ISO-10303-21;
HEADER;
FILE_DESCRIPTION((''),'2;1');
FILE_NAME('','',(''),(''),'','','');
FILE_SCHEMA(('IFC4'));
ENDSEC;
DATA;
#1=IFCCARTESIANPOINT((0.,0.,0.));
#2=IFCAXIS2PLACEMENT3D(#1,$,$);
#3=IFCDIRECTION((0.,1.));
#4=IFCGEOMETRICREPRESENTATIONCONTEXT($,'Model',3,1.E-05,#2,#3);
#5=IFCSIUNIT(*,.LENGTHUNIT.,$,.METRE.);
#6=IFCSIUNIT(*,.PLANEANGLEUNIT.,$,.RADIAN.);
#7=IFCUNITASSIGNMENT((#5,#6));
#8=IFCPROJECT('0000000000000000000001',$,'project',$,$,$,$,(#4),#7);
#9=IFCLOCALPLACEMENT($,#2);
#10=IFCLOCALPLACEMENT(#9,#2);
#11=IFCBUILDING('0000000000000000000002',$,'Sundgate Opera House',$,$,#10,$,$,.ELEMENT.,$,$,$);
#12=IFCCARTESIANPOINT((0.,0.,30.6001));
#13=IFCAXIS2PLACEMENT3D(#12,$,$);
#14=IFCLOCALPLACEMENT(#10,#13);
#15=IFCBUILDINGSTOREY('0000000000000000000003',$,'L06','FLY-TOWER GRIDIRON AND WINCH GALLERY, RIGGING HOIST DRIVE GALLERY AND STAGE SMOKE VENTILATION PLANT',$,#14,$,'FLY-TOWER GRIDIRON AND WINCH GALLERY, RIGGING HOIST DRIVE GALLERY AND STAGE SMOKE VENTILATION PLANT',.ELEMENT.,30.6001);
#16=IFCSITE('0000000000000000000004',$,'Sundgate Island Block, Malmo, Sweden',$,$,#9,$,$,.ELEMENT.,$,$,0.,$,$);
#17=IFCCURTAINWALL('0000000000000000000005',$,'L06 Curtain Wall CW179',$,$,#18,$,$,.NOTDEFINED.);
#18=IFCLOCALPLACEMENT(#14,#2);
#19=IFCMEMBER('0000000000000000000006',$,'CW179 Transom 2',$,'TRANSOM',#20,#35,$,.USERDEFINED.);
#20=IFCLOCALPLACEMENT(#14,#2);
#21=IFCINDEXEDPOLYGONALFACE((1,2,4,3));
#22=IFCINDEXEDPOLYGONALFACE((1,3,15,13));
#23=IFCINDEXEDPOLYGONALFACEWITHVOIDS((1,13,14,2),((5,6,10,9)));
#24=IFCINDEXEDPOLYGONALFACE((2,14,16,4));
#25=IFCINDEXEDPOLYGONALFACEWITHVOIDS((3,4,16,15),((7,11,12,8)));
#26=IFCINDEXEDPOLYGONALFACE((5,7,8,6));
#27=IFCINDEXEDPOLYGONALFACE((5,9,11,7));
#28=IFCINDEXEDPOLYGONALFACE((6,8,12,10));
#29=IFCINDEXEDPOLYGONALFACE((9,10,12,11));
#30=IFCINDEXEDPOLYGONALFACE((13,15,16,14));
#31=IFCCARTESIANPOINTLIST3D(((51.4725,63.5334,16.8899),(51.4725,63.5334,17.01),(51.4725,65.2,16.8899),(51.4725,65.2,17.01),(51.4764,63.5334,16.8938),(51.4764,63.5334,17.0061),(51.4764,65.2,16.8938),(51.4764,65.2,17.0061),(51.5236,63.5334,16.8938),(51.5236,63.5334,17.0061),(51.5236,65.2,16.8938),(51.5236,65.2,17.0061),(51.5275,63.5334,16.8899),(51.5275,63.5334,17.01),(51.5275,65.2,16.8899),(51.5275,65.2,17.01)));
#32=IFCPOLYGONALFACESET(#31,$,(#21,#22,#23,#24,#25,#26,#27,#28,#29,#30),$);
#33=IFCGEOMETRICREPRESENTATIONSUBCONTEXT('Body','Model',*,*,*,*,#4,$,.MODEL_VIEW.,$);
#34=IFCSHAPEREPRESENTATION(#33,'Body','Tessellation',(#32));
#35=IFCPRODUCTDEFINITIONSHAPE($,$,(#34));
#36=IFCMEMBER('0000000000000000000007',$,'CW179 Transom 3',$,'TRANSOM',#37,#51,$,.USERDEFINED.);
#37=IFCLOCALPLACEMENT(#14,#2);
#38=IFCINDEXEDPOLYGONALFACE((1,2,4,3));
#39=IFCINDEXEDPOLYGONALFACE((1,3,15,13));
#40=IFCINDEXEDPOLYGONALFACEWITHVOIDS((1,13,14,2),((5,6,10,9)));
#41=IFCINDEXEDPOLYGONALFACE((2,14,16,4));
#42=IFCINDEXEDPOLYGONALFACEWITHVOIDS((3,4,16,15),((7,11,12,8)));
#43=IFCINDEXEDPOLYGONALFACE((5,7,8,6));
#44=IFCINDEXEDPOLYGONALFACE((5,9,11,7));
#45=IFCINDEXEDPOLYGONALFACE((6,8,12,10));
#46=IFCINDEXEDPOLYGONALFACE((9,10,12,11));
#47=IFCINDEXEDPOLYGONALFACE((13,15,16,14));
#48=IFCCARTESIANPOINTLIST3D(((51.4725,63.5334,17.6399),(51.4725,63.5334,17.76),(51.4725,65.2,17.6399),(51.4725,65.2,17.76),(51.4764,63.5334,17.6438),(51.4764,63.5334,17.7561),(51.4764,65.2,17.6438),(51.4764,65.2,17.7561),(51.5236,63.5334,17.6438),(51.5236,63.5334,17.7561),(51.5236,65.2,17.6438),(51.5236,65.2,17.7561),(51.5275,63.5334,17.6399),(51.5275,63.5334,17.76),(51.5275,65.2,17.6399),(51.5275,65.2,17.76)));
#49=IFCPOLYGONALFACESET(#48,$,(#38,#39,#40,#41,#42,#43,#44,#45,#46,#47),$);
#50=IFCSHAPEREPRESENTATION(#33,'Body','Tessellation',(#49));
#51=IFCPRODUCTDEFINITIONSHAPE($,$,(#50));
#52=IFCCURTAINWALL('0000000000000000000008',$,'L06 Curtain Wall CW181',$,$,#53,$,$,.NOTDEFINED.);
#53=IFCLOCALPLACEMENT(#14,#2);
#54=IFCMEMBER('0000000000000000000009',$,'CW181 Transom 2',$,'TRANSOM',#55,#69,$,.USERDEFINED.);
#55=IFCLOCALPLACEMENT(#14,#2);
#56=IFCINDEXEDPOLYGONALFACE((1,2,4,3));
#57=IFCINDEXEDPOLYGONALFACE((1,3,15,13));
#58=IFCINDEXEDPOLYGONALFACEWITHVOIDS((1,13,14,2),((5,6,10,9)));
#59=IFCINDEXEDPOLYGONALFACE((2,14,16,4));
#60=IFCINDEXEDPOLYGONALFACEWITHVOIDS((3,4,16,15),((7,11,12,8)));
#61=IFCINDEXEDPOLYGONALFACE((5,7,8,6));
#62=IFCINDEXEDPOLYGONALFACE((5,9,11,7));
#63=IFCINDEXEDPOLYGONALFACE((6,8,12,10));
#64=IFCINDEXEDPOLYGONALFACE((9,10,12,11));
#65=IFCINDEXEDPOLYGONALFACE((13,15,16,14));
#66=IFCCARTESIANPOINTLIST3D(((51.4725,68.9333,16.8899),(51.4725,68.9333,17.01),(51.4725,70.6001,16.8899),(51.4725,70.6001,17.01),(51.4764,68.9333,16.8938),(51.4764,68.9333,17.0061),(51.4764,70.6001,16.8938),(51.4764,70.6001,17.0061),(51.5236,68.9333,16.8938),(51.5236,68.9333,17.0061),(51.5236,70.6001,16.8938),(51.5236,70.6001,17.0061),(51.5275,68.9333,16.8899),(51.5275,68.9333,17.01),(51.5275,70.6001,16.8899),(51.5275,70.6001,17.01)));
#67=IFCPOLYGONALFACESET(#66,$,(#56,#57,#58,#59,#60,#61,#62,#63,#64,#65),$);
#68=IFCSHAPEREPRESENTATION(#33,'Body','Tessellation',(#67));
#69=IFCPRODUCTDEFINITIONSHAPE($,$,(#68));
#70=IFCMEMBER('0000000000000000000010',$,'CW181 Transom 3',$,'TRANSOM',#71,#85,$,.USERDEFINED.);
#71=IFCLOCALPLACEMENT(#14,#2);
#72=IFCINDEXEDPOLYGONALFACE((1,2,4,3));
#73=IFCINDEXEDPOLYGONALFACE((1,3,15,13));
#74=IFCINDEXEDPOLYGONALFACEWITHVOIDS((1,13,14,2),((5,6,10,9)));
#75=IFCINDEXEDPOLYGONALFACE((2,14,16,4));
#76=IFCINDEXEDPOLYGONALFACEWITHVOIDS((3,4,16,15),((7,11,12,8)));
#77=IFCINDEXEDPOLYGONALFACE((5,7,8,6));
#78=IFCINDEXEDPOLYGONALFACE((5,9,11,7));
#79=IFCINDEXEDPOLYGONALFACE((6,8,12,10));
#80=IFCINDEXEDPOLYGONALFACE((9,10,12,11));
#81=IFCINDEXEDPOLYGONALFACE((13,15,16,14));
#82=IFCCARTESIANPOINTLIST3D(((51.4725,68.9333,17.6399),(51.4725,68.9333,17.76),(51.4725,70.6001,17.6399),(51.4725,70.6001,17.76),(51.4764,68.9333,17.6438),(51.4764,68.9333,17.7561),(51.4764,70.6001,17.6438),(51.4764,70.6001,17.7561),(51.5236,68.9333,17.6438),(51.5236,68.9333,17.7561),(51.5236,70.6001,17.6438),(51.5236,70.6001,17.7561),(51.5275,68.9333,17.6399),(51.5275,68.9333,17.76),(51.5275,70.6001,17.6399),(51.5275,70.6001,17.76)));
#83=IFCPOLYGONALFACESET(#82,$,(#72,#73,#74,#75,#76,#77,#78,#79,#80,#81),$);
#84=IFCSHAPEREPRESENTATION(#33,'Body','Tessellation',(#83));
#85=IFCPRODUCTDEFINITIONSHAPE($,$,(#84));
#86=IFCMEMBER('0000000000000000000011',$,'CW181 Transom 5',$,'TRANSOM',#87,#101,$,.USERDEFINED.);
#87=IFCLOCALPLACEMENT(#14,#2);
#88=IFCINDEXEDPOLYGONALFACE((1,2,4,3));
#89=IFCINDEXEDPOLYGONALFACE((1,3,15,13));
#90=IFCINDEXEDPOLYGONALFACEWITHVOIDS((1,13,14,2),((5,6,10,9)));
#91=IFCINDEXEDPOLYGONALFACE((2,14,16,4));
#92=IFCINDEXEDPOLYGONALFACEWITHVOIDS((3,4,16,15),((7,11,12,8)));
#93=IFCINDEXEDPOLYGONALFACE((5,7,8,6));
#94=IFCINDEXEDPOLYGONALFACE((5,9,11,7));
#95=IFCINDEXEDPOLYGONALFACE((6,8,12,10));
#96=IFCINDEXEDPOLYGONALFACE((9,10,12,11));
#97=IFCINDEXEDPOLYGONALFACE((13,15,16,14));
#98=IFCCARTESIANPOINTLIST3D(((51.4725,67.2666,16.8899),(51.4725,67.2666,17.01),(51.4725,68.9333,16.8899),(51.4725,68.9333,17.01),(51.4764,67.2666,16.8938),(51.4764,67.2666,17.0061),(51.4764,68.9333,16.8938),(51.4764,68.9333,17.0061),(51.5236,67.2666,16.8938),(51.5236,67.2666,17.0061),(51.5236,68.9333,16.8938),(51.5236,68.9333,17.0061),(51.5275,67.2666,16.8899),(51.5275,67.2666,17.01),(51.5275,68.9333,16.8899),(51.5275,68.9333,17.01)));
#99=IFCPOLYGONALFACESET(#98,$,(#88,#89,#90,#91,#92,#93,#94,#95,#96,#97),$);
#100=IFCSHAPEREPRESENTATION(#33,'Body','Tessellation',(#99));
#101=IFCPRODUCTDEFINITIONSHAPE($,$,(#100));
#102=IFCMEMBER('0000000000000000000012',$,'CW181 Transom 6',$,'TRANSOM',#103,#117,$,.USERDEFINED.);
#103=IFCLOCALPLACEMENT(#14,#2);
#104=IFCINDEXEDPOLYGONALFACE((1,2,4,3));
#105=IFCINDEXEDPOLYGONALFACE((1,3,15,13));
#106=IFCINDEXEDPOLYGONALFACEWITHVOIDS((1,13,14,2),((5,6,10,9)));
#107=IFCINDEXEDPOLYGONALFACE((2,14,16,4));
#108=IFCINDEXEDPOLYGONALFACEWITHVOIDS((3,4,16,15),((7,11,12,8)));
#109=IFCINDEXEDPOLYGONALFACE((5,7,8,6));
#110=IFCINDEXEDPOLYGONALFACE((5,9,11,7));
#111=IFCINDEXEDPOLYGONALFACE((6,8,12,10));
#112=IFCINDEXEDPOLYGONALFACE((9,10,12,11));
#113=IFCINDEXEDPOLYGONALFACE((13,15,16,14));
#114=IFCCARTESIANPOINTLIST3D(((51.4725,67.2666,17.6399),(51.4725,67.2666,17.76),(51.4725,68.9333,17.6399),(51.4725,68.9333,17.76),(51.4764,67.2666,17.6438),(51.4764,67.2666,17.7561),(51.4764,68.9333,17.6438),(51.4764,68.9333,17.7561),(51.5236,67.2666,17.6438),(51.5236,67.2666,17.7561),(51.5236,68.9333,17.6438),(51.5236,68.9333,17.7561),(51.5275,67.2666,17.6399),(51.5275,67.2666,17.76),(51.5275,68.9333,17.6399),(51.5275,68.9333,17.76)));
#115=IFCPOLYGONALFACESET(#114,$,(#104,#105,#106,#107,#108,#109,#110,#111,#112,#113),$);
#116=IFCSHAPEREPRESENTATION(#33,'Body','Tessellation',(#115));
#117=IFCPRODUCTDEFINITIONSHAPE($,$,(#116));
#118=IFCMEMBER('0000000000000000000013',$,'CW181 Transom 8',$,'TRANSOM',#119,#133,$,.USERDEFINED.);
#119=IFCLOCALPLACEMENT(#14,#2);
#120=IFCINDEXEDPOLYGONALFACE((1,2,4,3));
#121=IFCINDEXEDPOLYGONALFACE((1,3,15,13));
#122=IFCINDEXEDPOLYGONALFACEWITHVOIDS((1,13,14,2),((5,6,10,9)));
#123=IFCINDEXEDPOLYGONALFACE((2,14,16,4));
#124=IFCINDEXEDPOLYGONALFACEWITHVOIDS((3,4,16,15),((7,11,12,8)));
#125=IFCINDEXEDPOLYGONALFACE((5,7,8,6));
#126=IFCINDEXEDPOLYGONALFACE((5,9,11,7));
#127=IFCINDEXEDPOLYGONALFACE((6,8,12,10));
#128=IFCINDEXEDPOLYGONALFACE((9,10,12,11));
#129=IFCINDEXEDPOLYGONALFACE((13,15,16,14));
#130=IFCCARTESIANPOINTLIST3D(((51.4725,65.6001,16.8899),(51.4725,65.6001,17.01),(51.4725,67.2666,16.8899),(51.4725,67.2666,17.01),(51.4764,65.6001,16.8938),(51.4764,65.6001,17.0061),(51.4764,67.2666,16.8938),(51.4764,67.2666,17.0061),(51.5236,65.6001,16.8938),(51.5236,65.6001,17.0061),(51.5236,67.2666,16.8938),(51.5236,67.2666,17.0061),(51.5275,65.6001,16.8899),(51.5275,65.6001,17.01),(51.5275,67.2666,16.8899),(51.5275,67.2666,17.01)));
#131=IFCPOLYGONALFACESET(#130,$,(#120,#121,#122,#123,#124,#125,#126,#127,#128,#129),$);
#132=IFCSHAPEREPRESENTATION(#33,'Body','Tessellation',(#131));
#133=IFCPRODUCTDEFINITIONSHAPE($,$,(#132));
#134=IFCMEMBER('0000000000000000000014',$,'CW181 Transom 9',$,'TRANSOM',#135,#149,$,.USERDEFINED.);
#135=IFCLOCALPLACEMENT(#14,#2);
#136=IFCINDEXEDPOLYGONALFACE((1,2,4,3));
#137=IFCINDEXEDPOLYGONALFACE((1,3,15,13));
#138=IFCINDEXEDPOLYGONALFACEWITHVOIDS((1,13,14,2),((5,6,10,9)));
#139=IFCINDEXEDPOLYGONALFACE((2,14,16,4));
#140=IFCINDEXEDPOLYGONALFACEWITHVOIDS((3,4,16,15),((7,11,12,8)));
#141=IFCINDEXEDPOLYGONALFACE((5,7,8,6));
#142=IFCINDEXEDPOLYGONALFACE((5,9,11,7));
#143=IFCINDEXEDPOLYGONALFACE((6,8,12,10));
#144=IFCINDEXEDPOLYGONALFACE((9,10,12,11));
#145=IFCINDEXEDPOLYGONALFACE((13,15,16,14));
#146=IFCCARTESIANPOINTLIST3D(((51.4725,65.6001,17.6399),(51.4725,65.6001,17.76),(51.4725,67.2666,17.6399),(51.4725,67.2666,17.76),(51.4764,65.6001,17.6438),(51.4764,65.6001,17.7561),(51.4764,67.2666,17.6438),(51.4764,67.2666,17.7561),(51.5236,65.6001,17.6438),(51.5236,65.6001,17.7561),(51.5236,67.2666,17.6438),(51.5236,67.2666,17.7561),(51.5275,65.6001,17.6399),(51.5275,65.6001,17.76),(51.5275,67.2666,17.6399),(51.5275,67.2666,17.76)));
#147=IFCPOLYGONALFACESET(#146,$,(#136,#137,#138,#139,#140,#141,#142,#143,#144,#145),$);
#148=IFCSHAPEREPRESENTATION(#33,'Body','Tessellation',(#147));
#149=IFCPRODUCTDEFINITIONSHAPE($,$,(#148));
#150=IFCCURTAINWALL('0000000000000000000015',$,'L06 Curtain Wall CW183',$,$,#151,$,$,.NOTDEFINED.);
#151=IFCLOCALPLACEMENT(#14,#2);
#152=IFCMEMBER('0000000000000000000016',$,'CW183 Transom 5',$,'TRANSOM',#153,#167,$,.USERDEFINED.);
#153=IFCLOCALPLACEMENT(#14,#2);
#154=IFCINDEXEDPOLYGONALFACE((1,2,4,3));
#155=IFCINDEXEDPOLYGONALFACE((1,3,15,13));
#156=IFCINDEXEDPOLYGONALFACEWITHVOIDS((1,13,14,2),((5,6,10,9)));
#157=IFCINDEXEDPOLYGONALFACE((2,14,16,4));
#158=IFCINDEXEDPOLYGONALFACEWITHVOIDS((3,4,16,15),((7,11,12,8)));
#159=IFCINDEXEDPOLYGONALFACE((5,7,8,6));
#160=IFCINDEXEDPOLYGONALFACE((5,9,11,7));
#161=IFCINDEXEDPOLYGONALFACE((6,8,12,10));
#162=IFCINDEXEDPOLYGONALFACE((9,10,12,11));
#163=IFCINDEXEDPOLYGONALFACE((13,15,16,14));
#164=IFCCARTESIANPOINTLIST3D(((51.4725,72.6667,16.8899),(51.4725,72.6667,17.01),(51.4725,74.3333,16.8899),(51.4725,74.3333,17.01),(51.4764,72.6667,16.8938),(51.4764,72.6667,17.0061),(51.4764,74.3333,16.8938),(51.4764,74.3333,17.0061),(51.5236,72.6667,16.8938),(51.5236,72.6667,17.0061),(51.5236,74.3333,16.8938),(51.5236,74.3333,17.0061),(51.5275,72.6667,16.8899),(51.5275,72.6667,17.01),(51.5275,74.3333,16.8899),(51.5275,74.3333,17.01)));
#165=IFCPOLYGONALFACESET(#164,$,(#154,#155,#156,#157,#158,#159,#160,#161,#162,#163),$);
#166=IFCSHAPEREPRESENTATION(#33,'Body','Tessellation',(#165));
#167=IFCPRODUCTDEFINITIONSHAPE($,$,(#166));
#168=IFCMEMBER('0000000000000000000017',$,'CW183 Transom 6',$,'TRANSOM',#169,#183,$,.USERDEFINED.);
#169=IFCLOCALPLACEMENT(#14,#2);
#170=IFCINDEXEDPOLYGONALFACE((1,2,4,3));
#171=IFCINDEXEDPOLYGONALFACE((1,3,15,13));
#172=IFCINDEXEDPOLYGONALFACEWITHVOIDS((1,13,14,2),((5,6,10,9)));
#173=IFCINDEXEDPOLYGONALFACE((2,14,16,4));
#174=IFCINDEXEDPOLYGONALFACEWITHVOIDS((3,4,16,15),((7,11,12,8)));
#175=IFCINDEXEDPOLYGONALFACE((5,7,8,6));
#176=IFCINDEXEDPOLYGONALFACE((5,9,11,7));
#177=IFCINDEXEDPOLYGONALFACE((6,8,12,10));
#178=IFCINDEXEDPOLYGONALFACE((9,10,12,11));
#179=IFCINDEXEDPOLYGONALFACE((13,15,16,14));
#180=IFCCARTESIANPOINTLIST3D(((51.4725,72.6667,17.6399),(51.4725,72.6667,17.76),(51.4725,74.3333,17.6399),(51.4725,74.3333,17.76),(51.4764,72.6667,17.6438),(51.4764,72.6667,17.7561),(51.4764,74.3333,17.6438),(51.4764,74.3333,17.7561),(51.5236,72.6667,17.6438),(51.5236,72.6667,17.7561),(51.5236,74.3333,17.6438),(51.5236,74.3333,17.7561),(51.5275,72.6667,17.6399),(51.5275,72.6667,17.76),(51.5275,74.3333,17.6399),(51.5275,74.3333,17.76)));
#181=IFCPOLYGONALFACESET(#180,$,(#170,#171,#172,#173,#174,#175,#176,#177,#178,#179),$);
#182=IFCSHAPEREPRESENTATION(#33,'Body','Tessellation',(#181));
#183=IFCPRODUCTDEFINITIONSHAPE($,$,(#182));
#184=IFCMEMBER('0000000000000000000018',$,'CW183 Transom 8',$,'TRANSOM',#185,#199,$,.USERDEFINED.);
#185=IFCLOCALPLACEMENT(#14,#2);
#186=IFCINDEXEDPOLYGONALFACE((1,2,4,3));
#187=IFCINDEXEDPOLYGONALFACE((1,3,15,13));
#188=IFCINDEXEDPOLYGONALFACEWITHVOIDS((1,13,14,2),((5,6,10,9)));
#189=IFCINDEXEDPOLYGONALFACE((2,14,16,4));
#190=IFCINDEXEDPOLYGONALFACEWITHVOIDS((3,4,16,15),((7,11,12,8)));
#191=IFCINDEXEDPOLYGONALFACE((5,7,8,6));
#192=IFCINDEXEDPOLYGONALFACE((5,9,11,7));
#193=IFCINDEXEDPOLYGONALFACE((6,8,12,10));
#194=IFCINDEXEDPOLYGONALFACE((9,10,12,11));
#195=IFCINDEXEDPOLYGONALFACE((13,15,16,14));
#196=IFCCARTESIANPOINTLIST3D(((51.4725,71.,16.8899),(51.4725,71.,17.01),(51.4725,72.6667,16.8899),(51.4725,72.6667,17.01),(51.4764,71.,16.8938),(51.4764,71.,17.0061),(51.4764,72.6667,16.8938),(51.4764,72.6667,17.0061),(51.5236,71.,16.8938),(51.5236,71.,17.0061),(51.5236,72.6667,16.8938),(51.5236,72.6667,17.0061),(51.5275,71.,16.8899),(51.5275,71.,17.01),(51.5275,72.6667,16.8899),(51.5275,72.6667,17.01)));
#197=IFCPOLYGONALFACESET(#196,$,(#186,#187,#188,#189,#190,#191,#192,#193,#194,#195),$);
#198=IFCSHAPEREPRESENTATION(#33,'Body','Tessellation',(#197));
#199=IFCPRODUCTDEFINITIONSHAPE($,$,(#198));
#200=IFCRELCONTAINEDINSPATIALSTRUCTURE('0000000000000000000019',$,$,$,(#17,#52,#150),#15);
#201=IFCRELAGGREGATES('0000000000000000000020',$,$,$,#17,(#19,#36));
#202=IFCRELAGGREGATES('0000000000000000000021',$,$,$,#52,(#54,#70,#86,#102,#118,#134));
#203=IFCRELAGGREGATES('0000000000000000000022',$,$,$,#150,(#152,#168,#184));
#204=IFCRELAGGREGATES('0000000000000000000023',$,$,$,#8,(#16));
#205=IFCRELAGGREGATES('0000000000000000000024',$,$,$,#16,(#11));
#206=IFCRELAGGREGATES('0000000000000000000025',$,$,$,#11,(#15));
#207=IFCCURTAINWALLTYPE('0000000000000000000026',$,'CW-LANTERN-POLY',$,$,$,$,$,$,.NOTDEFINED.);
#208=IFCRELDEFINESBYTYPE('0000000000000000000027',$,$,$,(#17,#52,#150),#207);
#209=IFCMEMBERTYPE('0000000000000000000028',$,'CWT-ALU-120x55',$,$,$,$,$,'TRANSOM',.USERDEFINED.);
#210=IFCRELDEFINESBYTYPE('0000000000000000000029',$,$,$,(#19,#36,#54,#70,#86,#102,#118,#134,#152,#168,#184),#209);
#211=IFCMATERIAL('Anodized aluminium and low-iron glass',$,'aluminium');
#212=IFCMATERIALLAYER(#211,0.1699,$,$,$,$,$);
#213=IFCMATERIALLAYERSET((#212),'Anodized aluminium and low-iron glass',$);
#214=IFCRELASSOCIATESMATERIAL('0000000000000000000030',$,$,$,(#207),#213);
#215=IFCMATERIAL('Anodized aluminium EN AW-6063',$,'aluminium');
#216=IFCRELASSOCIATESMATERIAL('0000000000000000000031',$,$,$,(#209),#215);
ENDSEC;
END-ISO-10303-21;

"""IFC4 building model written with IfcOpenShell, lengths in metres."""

from ifc_helpers import new_model, si_unit, direction, frame, origin, origin_2d, place, context, subcontext, project, spatial, hollow_rectangle, extrude, material, layer, layer_set, material_profile, profile_set, type_object, element, aggregate, save


model = new_model("IFC4")

# Units and contexts
model_context = context("Model", 3, precision=1e-05, world=origin(), true_north=direction((0.0, 1.0)))
body_context = subcontext(model_context, "Body", "Model", "MODEL_VIEW")
ifc_project = project(units=[si_unit("LENGTHUNIT", "METRE"), si_unit("PLANEANGLEUNIT", "RADIAN")], contexts=[model_context])

# Site, building, storey
site_placement = place(None, origin())
site = spatial("IfcSite", under=ifc_project, at=site_placement, Name="Sundgate Island Block, Malmo, Sweden", CompositionType="ELEMENT", RefElevation=0.0)
building_placement = place(site_placement, origin())
building = spatial("IfcBuilding", under=site, at=building_placement, Name="Sundgate Opera House", CompositionType="ELEMENT")
storey_placement = place(building_placement, frame((0.0, 0.0, 30.6001)))
storey = spatial("IfcBuildingStorey", under=building, at=storey_placement, Name="L06", Description="FLY-TOWER GRIDIRON AND WINCH GALLERY, RIGGING HOIST DRIVE GALLERY AND STAGE SMOKE VENTILATION PLANT", LongName="FLY-TOWER GRIDIRON AND WINCH GALLERY, RIGGING HOIST DRIVE GALLERY AND STAGE SMOKE VENTILATION PLANT", CompositionType="ELEMENT", Elevation=30.6001)

# Curtain walls, members
ifc_material_1 = material(Name="Anodized aluminium and low-iron glass", Category="aluminium")
ifc_layer_1 = layer(ifc_material_1, 0.1699)
ifc_layer_set_1 = layer_set([ifc_layer_1], Name="Anodized aluminium and low-iron glass")
curtain_wall_type = type_object("IfcCurtainWallType", Name="CW-LANTERN-POLY", PredefinedType="NOTDEFINED", material=ifc_layer_set_1)
curtain_wall_1_placement = place(storey_placement, origin())
curtain_wall_1 = element("IfcCurtainWall", 1, at=curtain_wall_1_placement, inside=storey, type_object=curtain_wall_type, Name="L06 Curtain Wall CW179", PredefinedType="NOTDEFINED")
ifc_material_2 = material(Name="Anodized aluminium EN AW-6063", Category="aluminium")
ifc_material_profile_1 = material_profile(ifc_material_2, hollow_rectangle(XDim=0.0549, YDim=0.1201, WallThickness=0.0039, at=origin_2d()), Name="CWT 120x55x4")
ifc_profile_set_1 = profile_set([ifc_material_profile_1], Name="Anodized aluminium EN AW-6063")
member_type_1 = type_object("IfcMemberType", Name="CWT-ALU-120x55", ElementType="TRANSOM", PredefinedType="USERDEFINED", material=ifc_profile_set_1)
member_1_placement = place(storey_placement, frame((51.5, 65.2, 16.95), z_axis=(0.0, -1.0, 0.0), x_axis=(1.0, 0.0, 0.0)))
member_1 = element("IfcMember", 2, at=member_1_placement, type_object=member_type_1, Name="CW179 Transom 2", ObjectType="TRANSOM", PredefinedType="USERDEFINED", context=body_context, shape_type="SweptSolid", body=[
    extrude(hollow_rectangle(XDim=0.0549, YDim=0.1201, WallThickness=0.0039, at=origin_2d()), origin(), (0.0, 0.0, 1.0), 1.6665),
])
member_2_placement = place(storey_placement, frame((51.5, 65.2, 17.7), z_axis=(0.0, -1.0, 0.0), x_axis=(1.0, 0.0, 0.0)))
member_2 = element("IfcMember", 3, at=member_2_placement, type_object=member_type_1, Name="CW179 Transom 3", ObjectType="TRANSOM", PredefinedType="USERDEFINED", context=body_context, shape_type="SweptSolid", body=[
    extrude(hollow_rectangle(XDim=0.0549, YDim=0.1201, WallThickness=0.0039, at=origin_2d()), origin(), (0.0, 0.0, 1.0), 1.6665),
])
aggregate(curtain_wall_1, [member_1, member_2])
curtain_wall_2_placement = place(storey_placement, origin())
curtain_wall_2 = element("IfcCurtainWall", 4, at=curtain_wall_2_placement, inside=storey, type_object=curtain_wall_type, Name="L06 Curtain Wall CW181", PredefinedType="NOTDEFINED")
member_3_placement = place(storey_placement, frame((51.5, 70.6001, 16.95), z_axis=(0.0, -1.0, 0.0), x_axis=(1.0, 0.0, 0.0)))
member_3 = element("IfcMember", 5, at=member_3_placement, type_object=member_type_1, Name="CW181 Transom 2", ObjectType="TRANSOM", PredefinedType="USERDEFINED", context=body_context, shape_type="SweptSolid", body=[
    extrude(hollow_rectangle(XDim=0.0549, YDim=0.1201, WallThickness=0.0039, at=origin_2d()), origin(), (0.0, 0.0, 1.0), 1.6667),
])
member_4_placement = place(storey_placement, frame((51.5, 70.6001, 17.7), z_axis=(0.0, -1.0, 0.0), x_axis=(1.0, 0.0, 0.0)))
member_4 = element("IfcMember", 6, at=member_4_placement, type_object=member_type_1, Name="CW181 Transom 3", ObjectType="TRANSOM", PredefinedType="USERDEFINED", context=body_context, shape_type="SweptSolid", body=[
    extrude(hollow_rectangle(XDim=0.0549, YDim=0.1201, WallThickness=0.0039, at=origin_2d()), origin(), (0.0, 0.0, 1.0), 1.6667),
])
member_5_placement = place(storey_placement, frame((51.5, 68.9333, 16.95), z_axis=(0.0, -1.0, 0.0), x_axis=(1.0, 0.0, 0.0)))
member_5 = element("IfcMember", 7, at=member_5_placement, type_object=member_type_1, Name="CW181 Transom 5", ObjectType="TRANSOM", PredefinedType="USERDEFINED", context=body_context, shape_type="SweptSolid", body=[
    extrude(hollow_rectangle(XDim=0.0549, YDim=0.1201, WallThickness=0.0039, at=origin_2d()), origin(), (0.0, 0.0, 1.0), 1.6667),
])
member_6_placement = place(storey_placement, frame((51.5, 68.9333, 17.7), z_axis=(0.0, -1.0, 0.0), x_axis=(1.0, 0.0, 0.0)))
member_6 = element("IfcMember", 8, at=member_6_placement, type_object=member_type_1, Name="CW181 Transom 6", ObjectType="TRANSOM", PredefinedType="USERDEFINED", context=body_context, shape_type="SweptSolid", body=[
    extrude(hollow_rectangle(XDim=0.0549, YDim=0.1201, WallThickness=0.0039, at=origin_2d()), origin(), (0.0, 0.0, 1.0), 1.6667),
])
member_7_placement = place(storey_placement, frame((51.5, 67.2666, 16.95), z_axis=(0.0, -1.0, 0.0), x_axis=(1.0, 0.0, 0.0)))
member_7 = element("IfcMember", 9, at=member_7_placement, type_object=member_type_1, Name="CW181 Transom 8", ObjectType="TRANSOM", PredefinedType="USERDEFINED", context=body_context, shape_type="SweptSolid", body=[
    extrude(hollow_rectangle(XDim=0.0549, YDim=0.1201, WallThickness=0.0039, at=origin_2d()), origin(), (0.0, 0.0, 1.0), 1.6665),
])
member_8_placement = place(storey_placement, frame((51.5, 67.2666, 17.7), z_axis=(0.0, -1.0, 0.0), x_axis=(1.0, 0.0, 0.0)))
member_8 = element("IfcMember", 10, at=member_8_placement, type_object=member_type_1, Name="CW181 Transom 9", ObjectType="TRANSOM", PredefinedType="USERDEFINED", context=body_context, shape_type="SweptSolid", body=[
    extrude(hollow_rectangle(XDim=0.0549, YDim=0.1201, WallThickness=0.0039, at=origin_2d()), origin(), (0.0, 0.0, 1.0), 1.6665),
])
curtain_wall_3_placement = place(storey_placement, origin())
curtain_wall_3 = element("IfcCurtainWall", 11, at=curtain_wall_3_placement, inside=storey, type_object=curtain_wall_type, Name="L06 Curtain Wall CW183", PredefinedType="NOTDEFINED")
member_9_placement = place(storey_placement, frame((51.5, 74.3333, 16.95), z_axis=(0.0, -1.0, 0.0), x_axis=(1.0, 0.0, 0.0)))
member_9 = element("IfcMember", 12, at=member_9_placement, type_object=member_type_1, Name="CW183 Transom 5", ObjectType="TRANSOM", PredefinedType="USERDEFINED", context=body_context, shape_type="SweptSolid", body=[
    extrude(hollow_rectangle(XDim=0.0549, YDim=0.1201, WallThickness=0.0039, at=origin_2d()), origin(), (0.0, 0.0, 1.0), 1.6665),
])
member_10_placement = place(storey_placement, frame((51.5, 74.3333, 17.7), z_axis=(0.0, -1.0, 0.0), x_axis=(1.0, 0.0, 0.0)))
member_10 = element("IfcMember", 13, at=member_10_placement, type_object=member_type_1, Name="CW183 Transom 6", ObjectType="TRANSOM", PredefinedType="USERDEFINED", context=body_context, shape_type="SweptSolid", body=[
    extrude(hollow_rectangle(XDim=0.0549, YDim=0.1201, WallThickness=0.0039, at=origin_2d()), origin(), (0.0, 0.0, 1.0), 1.6665),
])
member_11_placement = place(storey_placement, frame((51.5, 72.6667, 16.95), z_axis=(0.0, -1.0, 0.0), x_axis=(1.0, 0.0, 0.0)))
member_11 = element("IfcMember", 14, at=member_11_placement, type_object=member_type_1, Name="CW183 Transom 8", ObjectType="TRANSOM", PredefinedType="USERDEFINED", context=body_context, shape_type="SweptSolid", body=[
    extrude(hollow_rectangle(XDim=0.0549, YDim=0.1201, WallThickness=0.0039, at=origin_2d()), origin(), (0.0, 0.0, 1.0), 1.6667),
])

aggregate(curtain_wall_2, [member_3, member_4, member_5, member_6, member_7, member_8])
aggregate(curtain_wall_3, [member_9, member_10, member_11])

save(model, "model.ifc")
